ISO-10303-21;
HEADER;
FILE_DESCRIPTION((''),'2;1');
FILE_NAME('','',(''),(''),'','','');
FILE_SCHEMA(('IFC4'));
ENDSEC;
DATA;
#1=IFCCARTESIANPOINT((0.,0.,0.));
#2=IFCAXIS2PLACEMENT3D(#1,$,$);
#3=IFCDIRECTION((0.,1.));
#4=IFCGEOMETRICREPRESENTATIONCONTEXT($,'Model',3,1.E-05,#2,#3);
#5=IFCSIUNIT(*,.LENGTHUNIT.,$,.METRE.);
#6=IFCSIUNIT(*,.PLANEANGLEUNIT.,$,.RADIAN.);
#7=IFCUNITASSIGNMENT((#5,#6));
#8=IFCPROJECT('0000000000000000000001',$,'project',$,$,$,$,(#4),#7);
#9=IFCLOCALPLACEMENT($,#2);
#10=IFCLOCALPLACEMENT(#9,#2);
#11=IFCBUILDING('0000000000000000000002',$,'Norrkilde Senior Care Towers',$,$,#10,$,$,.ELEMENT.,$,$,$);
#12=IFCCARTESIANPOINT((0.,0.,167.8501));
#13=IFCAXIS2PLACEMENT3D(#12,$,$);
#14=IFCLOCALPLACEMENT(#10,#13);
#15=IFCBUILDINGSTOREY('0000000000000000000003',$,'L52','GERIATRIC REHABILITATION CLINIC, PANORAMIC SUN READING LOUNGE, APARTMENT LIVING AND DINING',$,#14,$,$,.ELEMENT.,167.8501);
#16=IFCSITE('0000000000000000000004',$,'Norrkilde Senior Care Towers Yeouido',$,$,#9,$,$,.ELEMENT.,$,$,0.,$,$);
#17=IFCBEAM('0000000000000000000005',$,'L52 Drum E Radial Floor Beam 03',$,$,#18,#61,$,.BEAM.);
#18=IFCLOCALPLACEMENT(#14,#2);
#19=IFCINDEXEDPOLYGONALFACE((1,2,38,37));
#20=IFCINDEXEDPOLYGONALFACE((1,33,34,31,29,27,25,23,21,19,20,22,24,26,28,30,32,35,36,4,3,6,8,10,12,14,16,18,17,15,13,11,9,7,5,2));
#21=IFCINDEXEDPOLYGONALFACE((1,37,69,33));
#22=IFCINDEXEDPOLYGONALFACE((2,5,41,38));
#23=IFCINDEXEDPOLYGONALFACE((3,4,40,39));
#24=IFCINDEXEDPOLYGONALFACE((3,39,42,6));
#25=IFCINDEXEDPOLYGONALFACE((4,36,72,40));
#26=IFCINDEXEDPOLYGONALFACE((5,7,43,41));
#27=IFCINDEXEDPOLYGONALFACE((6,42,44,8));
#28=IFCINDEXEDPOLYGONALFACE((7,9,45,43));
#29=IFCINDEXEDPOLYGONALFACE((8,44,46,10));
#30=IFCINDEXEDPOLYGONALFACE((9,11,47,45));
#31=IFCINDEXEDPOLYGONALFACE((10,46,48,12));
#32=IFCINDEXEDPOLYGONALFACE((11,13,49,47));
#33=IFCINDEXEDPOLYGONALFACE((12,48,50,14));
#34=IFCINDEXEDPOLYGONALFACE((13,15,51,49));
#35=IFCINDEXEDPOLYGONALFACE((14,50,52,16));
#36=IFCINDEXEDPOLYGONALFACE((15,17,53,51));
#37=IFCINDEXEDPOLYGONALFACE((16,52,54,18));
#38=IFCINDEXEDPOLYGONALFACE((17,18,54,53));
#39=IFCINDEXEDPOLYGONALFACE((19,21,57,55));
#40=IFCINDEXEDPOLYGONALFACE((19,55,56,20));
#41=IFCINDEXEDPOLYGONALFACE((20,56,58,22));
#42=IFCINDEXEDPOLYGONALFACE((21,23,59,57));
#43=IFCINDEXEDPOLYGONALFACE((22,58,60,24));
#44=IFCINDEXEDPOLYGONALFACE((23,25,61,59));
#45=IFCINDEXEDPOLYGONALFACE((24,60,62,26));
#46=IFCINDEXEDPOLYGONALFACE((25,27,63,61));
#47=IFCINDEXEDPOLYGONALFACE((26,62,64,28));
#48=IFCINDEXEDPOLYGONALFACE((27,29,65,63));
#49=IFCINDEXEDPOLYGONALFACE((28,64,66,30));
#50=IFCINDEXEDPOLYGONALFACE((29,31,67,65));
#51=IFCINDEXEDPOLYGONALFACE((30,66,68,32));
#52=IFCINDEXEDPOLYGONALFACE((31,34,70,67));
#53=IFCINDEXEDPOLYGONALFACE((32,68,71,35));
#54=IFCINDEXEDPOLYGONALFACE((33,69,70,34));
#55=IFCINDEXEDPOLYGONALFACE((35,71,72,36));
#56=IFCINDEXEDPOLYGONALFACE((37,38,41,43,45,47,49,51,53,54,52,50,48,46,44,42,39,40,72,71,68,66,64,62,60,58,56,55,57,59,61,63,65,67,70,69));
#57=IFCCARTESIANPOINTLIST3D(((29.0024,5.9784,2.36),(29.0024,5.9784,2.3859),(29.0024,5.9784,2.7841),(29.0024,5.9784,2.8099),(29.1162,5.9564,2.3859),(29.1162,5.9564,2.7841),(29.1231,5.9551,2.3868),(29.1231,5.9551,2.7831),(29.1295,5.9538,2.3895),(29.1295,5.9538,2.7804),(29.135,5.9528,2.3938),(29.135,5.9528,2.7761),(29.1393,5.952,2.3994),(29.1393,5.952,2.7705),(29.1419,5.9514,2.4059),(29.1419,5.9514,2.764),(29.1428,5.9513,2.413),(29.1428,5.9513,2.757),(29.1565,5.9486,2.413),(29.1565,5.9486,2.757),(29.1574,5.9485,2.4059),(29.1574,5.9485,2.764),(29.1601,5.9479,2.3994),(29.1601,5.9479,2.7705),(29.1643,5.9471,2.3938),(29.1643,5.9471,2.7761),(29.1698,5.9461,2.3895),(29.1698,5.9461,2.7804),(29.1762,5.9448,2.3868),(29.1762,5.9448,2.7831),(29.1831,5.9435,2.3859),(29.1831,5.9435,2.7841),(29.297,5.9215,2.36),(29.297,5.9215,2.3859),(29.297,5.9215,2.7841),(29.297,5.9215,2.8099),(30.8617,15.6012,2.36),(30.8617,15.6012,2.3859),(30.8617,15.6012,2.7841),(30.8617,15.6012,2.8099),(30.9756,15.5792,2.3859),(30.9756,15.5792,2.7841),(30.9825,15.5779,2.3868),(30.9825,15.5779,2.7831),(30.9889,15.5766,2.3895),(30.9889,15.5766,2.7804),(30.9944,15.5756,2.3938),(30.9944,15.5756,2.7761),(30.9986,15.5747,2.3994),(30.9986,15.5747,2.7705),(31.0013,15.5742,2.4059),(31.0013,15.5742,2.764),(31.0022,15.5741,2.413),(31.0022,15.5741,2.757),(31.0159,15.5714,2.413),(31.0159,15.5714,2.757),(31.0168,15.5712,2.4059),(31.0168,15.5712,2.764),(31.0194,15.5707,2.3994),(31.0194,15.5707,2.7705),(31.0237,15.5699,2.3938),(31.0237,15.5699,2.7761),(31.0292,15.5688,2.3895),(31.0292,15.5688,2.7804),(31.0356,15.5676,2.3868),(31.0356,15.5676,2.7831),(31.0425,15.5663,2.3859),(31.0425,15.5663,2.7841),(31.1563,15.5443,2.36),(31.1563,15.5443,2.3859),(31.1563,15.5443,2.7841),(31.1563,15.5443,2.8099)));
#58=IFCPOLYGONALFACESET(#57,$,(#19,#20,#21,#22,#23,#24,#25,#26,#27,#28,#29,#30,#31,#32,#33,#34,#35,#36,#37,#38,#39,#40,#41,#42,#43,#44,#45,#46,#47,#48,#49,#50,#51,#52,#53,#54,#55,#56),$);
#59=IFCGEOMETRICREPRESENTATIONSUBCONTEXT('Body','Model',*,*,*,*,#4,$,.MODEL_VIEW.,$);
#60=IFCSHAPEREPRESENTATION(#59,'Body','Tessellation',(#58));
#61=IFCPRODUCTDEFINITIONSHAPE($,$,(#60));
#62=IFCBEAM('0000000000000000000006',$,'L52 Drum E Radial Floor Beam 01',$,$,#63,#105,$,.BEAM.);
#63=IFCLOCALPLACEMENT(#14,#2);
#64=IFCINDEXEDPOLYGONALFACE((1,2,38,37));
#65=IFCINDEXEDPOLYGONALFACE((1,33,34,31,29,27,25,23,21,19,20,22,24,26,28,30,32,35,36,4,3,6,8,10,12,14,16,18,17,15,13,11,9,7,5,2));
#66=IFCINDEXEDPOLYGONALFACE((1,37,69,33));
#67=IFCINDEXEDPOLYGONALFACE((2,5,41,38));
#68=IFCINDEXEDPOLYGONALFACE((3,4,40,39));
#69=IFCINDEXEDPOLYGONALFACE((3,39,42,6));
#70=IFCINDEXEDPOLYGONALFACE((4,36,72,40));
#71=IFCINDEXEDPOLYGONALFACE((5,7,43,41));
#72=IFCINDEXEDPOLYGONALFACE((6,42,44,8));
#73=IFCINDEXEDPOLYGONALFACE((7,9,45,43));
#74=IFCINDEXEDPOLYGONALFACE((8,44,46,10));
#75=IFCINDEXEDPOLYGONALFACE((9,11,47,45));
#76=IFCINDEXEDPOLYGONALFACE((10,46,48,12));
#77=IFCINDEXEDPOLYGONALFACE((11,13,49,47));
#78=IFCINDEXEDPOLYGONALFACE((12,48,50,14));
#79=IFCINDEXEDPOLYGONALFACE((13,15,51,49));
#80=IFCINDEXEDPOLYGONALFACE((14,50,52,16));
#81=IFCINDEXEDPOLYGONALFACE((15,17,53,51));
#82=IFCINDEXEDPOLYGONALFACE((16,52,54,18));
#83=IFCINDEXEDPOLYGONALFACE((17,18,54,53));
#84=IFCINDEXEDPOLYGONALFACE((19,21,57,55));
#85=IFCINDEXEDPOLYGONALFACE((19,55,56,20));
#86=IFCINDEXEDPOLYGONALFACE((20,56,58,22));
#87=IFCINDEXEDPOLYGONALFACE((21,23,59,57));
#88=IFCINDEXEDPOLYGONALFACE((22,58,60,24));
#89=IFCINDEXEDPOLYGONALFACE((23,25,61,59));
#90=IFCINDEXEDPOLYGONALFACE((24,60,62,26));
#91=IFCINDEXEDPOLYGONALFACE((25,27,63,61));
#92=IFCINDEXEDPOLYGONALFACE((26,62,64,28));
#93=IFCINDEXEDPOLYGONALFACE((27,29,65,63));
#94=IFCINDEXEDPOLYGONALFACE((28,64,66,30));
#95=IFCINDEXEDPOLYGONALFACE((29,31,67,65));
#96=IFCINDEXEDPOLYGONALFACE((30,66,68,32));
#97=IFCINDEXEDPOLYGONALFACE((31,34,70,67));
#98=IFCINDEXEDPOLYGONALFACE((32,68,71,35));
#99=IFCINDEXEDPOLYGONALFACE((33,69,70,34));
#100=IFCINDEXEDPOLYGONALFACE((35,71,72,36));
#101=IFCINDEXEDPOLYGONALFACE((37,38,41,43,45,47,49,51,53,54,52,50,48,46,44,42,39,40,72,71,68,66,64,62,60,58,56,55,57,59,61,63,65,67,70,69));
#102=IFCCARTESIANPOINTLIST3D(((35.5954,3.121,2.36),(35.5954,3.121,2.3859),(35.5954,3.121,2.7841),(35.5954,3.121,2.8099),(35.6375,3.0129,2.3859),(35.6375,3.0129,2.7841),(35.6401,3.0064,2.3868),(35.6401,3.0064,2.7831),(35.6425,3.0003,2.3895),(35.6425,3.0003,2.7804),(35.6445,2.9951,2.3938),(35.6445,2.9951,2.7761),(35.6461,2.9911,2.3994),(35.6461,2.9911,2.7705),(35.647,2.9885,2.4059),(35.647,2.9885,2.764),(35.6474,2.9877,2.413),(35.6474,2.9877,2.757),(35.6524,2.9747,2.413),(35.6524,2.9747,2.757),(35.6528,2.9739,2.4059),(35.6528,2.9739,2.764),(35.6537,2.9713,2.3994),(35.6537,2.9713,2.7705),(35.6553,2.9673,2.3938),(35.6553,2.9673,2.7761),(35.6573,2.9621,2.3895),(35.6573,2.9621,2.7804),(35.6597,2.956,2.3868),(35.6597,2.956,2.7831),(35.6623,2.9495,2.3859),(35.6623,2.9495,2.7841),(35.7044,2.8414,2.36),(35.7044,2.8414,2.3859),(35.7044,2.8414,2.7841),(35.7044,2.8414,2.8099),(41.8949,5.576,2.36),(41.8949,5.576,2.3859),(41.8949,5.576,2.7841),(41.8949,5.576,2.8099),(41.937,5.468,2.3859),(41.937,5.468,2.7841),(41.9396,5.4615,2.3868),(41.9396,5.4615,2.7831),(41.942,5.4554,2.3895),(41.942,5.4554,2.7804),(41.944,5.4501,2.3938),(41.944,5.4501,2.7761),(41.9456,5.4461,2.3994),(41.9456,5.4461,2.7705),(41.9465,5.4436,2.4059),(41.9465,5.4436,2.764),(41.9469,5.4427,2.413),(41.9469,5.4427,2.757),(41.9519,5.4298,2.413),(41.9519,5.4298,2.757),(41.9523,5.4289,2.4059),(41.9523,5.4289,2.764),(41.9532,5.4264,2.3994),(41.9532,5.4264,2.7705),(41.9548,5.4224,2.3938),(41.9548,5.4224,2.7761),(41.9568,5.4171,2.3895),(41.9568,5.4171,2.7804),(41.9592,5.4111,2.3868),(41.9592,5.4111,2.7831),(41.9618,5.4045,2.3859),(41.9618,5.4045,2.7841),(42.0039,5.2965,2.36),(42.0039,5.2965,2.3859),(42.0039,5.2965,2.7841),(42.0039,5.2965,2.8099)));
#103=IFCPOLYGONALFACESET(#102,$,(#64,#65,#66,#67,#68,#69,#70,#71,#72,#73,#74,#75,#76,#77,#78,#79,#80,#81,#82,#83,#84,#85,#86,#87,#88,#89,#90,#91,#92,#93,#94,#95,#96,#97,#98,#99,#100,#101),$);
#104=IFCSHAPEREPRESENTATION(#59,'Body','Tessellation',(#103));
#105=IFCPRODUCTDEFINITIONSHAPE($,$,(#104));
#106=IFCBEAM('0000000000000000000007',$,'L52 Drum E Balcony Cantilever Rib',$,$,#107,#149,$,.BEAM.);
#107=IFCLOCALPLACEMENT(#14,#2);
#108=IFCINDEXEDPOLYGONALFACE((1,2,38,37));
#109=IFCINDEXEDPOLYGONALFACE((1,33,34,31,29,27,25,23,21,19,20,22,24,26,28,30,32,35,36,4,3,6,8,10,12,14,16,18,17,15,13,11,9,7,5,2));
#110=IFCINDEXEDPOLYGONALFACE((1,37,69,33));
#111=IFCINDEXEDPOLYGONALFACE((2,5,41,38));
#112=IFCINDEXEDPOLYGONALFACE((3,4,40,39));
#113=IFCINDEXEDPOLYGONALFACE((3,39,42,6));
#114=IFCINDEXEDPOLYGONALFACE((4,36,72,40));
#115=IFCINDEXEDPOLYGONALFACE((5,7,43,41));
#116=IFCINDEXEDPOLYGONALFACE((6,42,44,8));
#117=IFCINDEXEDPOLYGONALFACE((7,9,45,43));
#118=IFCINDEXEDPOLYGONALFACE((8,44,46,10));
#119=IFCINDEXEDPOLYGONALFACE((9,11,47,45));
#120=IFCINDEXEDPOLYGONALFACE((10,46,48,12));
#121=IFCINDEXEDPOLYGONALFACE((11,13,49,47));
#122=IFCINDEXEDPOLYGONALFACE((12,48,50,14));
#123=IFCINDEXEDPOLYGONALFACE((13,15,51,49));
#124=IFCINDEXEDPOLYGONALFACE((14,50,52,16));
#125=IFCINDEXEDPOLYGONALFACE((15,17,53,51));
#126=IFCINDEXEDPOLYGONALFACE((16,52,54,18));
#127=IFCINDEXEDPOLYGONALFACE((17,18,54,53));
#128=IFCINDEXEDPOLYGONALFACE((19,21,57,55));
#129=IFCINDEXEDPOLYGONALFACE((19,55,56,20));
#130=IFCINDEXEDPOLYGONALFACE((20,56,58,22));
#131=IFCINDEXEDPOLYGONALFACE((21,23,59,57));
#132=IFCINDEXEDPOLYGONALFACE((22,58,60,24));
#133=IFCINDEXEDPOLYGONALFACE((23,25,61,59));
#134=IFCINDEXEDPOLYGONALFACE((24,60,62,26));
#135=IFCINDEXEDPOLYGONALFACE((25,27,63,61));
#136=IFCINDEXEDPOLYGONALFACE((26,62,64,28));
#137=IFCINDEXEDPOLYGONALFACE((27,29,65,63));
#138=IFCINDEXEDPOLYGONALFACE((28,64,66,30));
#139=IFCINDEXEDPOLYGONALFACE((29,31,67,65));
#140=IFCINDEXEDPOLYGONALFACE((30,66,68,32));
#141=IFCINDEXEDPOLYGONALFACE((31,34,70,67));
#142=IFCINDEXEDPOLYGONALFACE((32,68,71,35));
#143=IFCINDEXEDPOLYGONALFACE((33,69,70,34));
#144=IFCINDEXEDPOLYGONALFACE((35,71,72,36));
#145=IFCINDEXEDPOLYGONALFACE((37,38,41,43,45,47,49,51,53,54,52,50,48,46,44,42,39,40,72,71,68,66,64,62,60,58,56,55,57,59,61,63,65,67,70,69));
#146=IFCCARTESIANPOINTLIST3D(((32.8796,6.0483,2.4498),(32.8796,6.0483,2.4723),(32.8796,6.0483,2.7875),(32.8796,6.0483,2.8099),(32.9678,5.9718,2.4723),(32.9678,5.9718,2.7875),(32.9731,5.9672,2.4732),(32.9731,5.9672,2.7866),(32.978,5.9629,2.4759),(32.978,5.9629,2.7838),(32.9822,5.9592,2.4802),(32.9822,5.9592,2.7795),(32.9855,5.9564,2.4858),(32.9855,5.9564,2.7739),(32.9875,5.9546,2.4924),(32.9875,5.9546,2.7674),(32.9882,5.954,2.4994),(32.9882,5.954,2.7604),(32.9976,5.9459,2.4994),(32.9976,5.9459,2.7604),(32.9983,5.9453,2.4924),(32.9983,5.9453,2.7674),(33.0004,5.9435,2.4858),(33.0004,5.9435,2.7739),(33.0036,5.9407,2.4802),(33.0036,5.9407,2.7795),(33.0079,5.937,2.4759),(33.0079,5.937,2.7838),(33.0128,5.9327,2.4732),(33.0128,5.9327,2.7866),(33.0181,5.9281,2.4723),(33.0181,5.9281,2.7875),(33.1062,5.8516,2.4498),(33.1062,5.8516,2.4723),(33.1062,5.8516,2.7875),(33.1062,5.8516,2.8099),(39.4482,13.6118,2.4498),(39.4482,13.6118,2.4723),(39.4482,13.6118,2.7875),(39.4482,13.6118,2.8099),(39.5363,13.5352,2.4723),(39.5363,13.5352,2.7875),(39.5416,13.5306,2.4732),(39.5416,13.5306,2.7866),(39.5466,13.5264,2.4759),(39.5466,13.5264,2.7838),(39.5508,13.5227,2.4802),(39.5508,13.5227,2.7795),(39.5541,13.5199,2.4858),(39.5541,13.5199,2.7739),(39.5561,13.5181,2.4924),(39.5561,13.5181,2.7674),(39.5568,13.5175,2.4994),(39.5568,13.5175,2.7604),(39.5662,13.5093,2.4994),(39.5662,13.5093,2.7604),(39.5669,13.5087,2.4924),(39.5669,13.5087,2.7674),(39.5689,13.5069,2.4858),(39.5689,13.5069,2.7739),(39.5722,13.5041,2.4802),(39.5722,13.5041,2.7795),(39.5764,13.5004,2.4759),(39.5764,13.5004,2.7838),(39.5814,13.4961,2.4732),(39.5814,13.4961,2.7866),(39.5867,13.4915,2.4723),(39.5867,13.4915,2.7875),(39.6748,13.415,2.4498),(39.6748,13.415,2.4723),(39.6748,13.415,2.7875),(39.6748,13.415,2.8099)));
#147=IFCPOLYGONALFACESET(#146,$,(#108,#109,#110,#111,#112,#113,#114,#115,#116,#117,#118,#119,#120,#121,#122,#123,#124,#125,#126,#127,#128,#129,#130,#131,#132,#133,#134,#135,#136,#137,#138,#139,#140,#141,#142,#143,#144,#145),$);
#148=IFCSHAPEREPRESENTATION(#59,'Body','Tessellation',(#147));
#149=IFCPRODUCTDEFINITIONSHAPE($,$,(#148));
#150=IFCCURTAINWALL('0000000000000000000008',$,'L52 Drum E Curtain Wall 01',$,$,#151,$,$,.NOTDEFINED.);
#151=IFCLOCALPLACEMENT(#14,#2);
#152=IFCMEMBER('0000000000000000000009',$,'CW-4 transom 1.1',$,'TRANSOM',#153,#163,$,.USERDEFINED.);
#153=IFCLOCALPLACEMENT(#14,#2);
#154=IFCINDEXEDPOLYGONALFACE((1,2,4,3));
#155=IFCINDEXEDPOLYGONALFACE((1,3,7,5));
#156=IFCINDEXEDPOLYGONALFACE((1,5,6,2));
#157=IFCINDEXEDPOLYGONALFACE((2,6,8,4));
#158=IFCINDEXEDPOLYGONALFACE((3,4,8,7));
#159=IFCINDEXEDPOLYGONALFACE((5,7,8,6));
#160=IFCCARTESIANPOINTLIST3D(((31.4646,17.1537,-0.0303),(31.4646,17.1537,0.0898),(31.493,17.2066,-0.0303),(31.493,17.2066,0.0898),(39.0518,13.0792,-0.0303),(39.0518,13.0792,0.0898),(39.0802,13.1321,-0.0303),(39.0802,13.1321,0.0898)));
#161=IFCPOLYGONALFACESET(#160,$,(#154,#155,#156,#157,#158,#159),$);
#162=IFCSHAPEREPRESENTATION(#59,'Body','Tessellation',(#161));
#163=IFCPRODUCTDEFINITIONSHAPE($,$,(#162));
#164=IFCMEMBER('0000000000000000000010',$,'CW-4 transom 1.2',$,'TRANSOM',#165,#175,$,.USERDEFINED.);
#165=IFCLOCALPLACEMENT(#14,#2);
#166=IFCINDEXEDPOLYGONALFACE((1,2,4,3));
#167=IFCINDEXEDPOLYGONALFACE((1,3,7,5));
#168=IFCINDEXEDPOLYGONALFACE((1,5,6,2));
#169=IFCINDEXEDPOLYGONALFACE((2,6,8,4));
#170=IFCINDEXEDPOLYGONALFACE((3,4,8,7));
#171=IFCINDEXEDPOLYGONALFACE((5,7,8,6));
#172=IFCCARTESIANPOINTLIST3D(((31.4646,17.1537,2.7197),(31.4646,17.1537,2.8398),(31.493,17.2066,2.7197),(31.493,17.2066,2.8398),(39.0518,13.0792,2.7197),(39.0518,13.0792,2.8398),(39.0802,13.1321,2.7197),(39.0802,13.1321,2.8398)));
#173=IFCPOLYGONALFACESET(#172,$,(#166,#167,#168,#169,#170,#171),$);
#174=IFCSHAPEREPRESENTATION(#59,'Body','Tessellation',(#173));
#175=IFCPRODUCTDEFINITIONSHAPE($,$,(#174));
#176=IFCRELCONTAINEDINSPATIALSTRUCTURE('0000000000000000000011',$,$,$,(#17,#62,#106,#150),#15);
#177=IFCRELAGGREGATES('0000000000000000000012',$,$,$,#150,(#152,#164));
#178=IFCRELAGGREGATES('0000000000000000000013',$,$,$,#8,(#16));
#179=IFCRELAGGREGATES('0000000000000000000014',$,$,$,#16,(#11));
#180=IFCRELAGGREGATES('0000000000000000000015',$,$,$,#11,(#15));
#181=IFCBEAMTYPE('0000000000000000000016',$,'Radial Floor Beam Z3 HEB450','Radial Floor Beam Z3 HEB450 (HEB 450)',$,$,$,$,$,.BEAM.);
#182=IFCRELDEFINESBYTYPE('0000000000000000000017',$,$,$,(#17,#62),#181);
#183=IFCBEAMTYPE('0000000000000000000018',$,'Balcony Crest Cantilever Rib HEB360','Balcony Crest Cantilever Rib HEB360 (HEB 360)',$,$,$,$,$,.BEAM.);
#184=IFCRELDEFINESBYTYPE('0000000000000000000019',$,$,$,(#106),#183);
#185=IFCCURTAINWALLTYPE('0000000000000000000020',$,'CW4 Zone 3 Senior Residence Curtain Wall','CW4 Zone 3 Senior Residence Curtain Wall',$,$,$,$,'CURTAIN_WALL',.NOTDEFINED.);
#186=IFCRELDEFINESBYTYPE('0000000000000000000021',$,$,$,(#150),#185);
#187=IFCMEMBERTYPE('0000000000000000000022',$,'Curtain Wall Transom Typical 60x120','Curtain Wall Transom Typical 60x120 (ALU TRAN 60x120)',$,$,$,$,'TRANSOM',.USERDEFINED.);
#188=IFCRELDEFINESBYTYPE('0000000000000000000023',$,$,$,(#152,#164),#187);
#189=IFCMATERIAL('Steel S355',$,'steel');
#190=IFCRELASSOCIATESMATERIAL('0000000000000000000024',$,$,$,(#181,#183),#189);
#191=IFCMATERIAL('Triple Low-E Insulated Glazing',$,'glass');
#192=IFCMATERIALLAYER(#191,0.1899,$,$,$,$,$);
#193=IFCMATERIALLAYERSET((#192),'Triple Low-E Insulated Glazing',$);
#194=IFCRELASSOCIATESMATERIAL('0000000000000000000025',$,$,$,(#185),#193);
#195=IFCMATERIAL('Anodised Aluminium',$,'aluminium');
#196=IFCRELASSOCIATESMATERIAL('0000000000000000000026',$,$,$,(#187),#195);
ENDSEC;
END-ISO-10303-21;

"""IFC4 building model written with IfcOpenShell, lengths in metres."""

from ifc_helpers import new_model, si_unit, direction, frame, origin, origin_2d, place, context, subcontext, project, spatial, rectangle, i_section, extrude, source, transform, mapped, material, layer, layer_set, material_profile, profile_set, type_object, type_shapes, element, aggregate, save


model = new_model("IFC4")

# Units and contexts
model_context = context("Model", 3, precision=1e-05, world=origin(), true_north=direction((0.0, 1.0)))
body_context = subcontext(model_context, "Body", "Model", "MODEL_VIEW")
ifc_project = project(units=[si_unit("LENGTHUNIT", "METRE"), si_unit("PLANEANGLEUNIT", "RADIAN")], contexts=[model_context])

# Site, building, storey
site_placement = place(None, origin())
site = spatial("IfcSite", under=ifc_project, at=site_placement, Name="Norrkilde Senior Care Towers Yeouido", CompositionType="ELEMENT", RefElevation=0.0)
building_placement = place(site_placement, origin())
building = spatial("IfcBuilding", under=site, at=building_placement, Name="Norrkilde Senior Care Towers", CompositionType="ELEMENT")
storey_placement = place(building_placement, frame((0.0, 0.0, 167.8501)))
storey = spatial("IfcBuildingStorey", under=building, at=storey_placement, Name="L52", Description="GERIATRIC REHABILITATION CLINIC, PANORAMIC SUN READING LOUNGE, APARTMENT LIVING AND DINING", CompositionType="ELEMENT", Elevation=167.8501)

# Beams
ifc_material_1 = material(Name="Steel S355", Category="steel")
ifc_material_profile_1 = material_profile(ifc_material_1, i_section(OverallWidth=0.3, OverallDepth=0.45, WebThickness=0.0139, FlangeThickness=0.0259, FilletRadius=0.0271, at=origin_2d()), Name="HEB 450")
ifc_profile_set_1 = profile_set([ifc_material_profile_1], Name="Steel S355")
beam_type_1 = type_object("IfcBeamType", Name="Radial Floor Beam Z3 HEB450", Description="Radial Floor Beam Z3 HEB450 (HEB 450)", PredefinedType="BEAM", material=ifc_profile_set_1)
shared_shape_1 = source(origin(), body_context, "Body", "SweptSolid", [
    extrude(i_section(OverallWidth=0.3, OverallDepth=0.45, WebThickness=0.0139, FlangeThickness=0.0259, FilletRadius=0.0271, at=origin_2d()), origin(), (0.0, 0.0, 1.0), 9.8008),
])
beam_1_placement = place(storey_placement, frame((29.1497, 5.95, 2.585), z_axis=(0.189717, 0.981839, 0.0), x_axis=(-0.981839, 0.189717, 0.0)))
element("IfcBeam", 1, at=beam_1_placement, inside=storey, type_object=beam_type_1, Name="L52 Drum E Radial Floor Beam 03", PredefinedType="BEAM", context=body_context, shape_type="MappedRepresentation", body=[
    mapped(shared_shape_1, transform((0.0, 0.0, 0.0), x_axis=(1.0, 0.0, 0.0), y_axis=(0.0, 1.0, 0.0), z_axis=(0.0, 0.0, 1.0), scale=1.0)),
])
shared_shape_2 = source(origin(), body_context, "Body", "SweptSolid", [
    extrude(i_section(OverallWidth=0.3, OverallDepth=0.45, WebThickness=0.0139, FlangeThickness=0.0259, FilletRadius=0.0271, at=origin_2d()), origin(), (0.0, 0.0, 1.0), 6.761),
])
beam_2_placement = place(storey_placement, frame((35.6499, 2.9812, 2.585), z_axis=(0.931742, 0.363121, 0.0), x_axis=(-0.363121, 0.931742, 0.0)))
element("IfcBeam", 2, at=beam_2_placement, inside=storey, type_object=beam_type_1, Name="L52 Drum E Radial Floor Beam 01", PredefinedType="BEAM", context=body_context, shape_type="MappedRepresentation", body=[
    mapped(shared_shape_2, transform((0.0, 0.0, 0.0), x_axis=(1.0, 0.0, 0.0), y_axis=(0.0, 1.0, 0.0), z_axis=(0.0, 0.0, 1.0), scale=1.0)),
])
ifc_material_profile_2 = material_profile(ifc_material_1, i_section(OverallWidth=0.3, OverallDepth=0.3601, WebThickness=0.0125, FlangeThickness=0.0225, FilletRadius=0.0271, at=origin_2d()), Name="HEB 360")
ifc_profile_set_2 = profile_set([ifc_material_profile_2], Name="Steel S355")
beam_type_2 = type_object("IfcBeamType", Name="Balcony Crest Cantilever Rib HEB360", Description="Balcony Crest Cantilever Rib HEB360 (HEB 360)", PredefinedType="BEAM", material=ifc_profile_set_2)
shared_shape_3 = source(origin(), body_context, "Body", "SweptSolid", [
    extrude(i_section(OverallWidth=0.3, OverallDepth=0.3601, WebThickness=0.0125, FlangeThickness=0.0225, FilletRadius=0.0271, at=origin_2d()), origin(), (0.0, 0.0, 1.0), 10.0176),
])
type_shapes(beam_type_2, [shared_shape_3])
beam_3_placement = place(storey_placement, frame((32.9929, 5.95, 2.6299), z_axis=(0.655705, 0.755017, 0.0), x_axis=(-0.755017, 0.655705, 0.0)))
element("IfcBeam", 3, at=beam_3_placement, inside=storey, type_object=beam_type_2, Name="L52 Drum E Balcony Cantilever Rib", PredefinedType="BEAM", context=body_context, shape_type="MappedRepresentation", body=[
    mapped(shared_shape_3, transform((0.0, 0.0, 0.0), x_axis=(1.0, 0.0, 0.0), y_axis=(0.0, 1.0, 0.0), z_axis=(0.0, 0.0, 1.0), scale=1.0)),
])

# Curtain wall, members
ifc_material_2 = material(Name="Triple Low-E Insulated Glazing", Category="glass")
ifc_layer_1 = layer(ifc_material_2, 0.1899)
ifc_layer_set_1 = layer_set([ifc_layer_1], Name="Triple Low-E Insulated Glazing")
curtain_wall_type = type_object("IfcCurtainWallType", Name="CW4 Zone 3 Senior Residence Curtain Wall", Description="CW4 Zone 3 Senior Residence Curtain Wall", ElementType="CURTAIN_WALL", PredefinedType="NOTDEFINED", material=ifc_layer_set_1)
curtain_wall_1_placement = place(storey_placement, origin())
curtain_wall_1 = element("IfcCurtainWall", 4, at=curtain_wall_1_placement, inside=storey, type_object=curtain_wall_type, Name="L52 Drum E Curtain Wall 01", PredefinedType="NOTDEFINED")
ifc_material_3 = material(Name="Anodised Aluminium", Category="aluminium")
ifc_material_profile_3 = material_profile(ifc_material_3, rectangle(XDim=0.0601, YDim=0.1201, at=origin_2d()), Name="ALU TRAN 60x120")
ifc_profile_set_3 = profile_set([ifc_material_profile_3], Name="Anodised Aluminium")
member_type_1 = type_object("IfcMemberType", Name="Curtain Wall Transom Typical 60x120", Description="Curtain Wall Transom Typical 60x120 (ALU TRAN 60x120)", ElementType="TRANSOM", PredefinedType="USERDEFINED", material=ifc_profile_set_3)
shared_shape_4 = source(origin(), body_context, "Body", "SweptSolid", [
    extrude(rectangle(XDim=0.0601, YDim=0.1201, at=origin_2d()), origin(), (0.0, 0.0, 1.0), 8.6121),
])
type_shapes(member_type_1, [shared_shape_4])
member_1_placement = place(storey_placement, frame((31.4788, 17.1802, 0.0298), z_axis=(0.881, -0.473116, 0.0), x_axis=(0.473116, 0.881, 0.0)))
member_1 = element("IfcMember", 5, at=member_1_placement, type_object=member_type_1, Name="CW-4 transom 1.1", ObjectType="TRANSOM", PredefinedType="USERDEFINED", context=body_context, shape_type="MappedRepresentation", body=[
    mapped(shared_shape_4, transform((0.0, 0.0, 0.0), x_axis=(1.0, 0.0, 0.0), y_axis=(0.0, 1.0, 0.0), z_axis=(0.0, 0.0, 1.0), scale=1.0)),
])
member_2_placement = place(storey_placement, frame((31.4788, 17.1802, 2.7798), z_axis=(0.881, -0.473116, 0.0), x_axis=(0.473116, 0.881, 0.0)))
member_2 = element("IfcMember", 6, at=member_2_placement, type_object=member_type_1, Name="CW-4 transom 1.2", ObjectType="TRANSOM", PredefinedType="USERDEFINED", context=body_context, shape_type="MappedRepresentation", body=[
    mapped(shared_shape_4, transform((0.0, 0.0, 0.0), x_axis=(1.0, 0.0, 0.0), y_axis=(0.0, 1.0, 0.0), z_axis=(0.0, 0.0, 1.0), scale=1.0)),
])

aggregate(curtain_wall_1, [member_1, member_2])

save(model, "model.ifc")
